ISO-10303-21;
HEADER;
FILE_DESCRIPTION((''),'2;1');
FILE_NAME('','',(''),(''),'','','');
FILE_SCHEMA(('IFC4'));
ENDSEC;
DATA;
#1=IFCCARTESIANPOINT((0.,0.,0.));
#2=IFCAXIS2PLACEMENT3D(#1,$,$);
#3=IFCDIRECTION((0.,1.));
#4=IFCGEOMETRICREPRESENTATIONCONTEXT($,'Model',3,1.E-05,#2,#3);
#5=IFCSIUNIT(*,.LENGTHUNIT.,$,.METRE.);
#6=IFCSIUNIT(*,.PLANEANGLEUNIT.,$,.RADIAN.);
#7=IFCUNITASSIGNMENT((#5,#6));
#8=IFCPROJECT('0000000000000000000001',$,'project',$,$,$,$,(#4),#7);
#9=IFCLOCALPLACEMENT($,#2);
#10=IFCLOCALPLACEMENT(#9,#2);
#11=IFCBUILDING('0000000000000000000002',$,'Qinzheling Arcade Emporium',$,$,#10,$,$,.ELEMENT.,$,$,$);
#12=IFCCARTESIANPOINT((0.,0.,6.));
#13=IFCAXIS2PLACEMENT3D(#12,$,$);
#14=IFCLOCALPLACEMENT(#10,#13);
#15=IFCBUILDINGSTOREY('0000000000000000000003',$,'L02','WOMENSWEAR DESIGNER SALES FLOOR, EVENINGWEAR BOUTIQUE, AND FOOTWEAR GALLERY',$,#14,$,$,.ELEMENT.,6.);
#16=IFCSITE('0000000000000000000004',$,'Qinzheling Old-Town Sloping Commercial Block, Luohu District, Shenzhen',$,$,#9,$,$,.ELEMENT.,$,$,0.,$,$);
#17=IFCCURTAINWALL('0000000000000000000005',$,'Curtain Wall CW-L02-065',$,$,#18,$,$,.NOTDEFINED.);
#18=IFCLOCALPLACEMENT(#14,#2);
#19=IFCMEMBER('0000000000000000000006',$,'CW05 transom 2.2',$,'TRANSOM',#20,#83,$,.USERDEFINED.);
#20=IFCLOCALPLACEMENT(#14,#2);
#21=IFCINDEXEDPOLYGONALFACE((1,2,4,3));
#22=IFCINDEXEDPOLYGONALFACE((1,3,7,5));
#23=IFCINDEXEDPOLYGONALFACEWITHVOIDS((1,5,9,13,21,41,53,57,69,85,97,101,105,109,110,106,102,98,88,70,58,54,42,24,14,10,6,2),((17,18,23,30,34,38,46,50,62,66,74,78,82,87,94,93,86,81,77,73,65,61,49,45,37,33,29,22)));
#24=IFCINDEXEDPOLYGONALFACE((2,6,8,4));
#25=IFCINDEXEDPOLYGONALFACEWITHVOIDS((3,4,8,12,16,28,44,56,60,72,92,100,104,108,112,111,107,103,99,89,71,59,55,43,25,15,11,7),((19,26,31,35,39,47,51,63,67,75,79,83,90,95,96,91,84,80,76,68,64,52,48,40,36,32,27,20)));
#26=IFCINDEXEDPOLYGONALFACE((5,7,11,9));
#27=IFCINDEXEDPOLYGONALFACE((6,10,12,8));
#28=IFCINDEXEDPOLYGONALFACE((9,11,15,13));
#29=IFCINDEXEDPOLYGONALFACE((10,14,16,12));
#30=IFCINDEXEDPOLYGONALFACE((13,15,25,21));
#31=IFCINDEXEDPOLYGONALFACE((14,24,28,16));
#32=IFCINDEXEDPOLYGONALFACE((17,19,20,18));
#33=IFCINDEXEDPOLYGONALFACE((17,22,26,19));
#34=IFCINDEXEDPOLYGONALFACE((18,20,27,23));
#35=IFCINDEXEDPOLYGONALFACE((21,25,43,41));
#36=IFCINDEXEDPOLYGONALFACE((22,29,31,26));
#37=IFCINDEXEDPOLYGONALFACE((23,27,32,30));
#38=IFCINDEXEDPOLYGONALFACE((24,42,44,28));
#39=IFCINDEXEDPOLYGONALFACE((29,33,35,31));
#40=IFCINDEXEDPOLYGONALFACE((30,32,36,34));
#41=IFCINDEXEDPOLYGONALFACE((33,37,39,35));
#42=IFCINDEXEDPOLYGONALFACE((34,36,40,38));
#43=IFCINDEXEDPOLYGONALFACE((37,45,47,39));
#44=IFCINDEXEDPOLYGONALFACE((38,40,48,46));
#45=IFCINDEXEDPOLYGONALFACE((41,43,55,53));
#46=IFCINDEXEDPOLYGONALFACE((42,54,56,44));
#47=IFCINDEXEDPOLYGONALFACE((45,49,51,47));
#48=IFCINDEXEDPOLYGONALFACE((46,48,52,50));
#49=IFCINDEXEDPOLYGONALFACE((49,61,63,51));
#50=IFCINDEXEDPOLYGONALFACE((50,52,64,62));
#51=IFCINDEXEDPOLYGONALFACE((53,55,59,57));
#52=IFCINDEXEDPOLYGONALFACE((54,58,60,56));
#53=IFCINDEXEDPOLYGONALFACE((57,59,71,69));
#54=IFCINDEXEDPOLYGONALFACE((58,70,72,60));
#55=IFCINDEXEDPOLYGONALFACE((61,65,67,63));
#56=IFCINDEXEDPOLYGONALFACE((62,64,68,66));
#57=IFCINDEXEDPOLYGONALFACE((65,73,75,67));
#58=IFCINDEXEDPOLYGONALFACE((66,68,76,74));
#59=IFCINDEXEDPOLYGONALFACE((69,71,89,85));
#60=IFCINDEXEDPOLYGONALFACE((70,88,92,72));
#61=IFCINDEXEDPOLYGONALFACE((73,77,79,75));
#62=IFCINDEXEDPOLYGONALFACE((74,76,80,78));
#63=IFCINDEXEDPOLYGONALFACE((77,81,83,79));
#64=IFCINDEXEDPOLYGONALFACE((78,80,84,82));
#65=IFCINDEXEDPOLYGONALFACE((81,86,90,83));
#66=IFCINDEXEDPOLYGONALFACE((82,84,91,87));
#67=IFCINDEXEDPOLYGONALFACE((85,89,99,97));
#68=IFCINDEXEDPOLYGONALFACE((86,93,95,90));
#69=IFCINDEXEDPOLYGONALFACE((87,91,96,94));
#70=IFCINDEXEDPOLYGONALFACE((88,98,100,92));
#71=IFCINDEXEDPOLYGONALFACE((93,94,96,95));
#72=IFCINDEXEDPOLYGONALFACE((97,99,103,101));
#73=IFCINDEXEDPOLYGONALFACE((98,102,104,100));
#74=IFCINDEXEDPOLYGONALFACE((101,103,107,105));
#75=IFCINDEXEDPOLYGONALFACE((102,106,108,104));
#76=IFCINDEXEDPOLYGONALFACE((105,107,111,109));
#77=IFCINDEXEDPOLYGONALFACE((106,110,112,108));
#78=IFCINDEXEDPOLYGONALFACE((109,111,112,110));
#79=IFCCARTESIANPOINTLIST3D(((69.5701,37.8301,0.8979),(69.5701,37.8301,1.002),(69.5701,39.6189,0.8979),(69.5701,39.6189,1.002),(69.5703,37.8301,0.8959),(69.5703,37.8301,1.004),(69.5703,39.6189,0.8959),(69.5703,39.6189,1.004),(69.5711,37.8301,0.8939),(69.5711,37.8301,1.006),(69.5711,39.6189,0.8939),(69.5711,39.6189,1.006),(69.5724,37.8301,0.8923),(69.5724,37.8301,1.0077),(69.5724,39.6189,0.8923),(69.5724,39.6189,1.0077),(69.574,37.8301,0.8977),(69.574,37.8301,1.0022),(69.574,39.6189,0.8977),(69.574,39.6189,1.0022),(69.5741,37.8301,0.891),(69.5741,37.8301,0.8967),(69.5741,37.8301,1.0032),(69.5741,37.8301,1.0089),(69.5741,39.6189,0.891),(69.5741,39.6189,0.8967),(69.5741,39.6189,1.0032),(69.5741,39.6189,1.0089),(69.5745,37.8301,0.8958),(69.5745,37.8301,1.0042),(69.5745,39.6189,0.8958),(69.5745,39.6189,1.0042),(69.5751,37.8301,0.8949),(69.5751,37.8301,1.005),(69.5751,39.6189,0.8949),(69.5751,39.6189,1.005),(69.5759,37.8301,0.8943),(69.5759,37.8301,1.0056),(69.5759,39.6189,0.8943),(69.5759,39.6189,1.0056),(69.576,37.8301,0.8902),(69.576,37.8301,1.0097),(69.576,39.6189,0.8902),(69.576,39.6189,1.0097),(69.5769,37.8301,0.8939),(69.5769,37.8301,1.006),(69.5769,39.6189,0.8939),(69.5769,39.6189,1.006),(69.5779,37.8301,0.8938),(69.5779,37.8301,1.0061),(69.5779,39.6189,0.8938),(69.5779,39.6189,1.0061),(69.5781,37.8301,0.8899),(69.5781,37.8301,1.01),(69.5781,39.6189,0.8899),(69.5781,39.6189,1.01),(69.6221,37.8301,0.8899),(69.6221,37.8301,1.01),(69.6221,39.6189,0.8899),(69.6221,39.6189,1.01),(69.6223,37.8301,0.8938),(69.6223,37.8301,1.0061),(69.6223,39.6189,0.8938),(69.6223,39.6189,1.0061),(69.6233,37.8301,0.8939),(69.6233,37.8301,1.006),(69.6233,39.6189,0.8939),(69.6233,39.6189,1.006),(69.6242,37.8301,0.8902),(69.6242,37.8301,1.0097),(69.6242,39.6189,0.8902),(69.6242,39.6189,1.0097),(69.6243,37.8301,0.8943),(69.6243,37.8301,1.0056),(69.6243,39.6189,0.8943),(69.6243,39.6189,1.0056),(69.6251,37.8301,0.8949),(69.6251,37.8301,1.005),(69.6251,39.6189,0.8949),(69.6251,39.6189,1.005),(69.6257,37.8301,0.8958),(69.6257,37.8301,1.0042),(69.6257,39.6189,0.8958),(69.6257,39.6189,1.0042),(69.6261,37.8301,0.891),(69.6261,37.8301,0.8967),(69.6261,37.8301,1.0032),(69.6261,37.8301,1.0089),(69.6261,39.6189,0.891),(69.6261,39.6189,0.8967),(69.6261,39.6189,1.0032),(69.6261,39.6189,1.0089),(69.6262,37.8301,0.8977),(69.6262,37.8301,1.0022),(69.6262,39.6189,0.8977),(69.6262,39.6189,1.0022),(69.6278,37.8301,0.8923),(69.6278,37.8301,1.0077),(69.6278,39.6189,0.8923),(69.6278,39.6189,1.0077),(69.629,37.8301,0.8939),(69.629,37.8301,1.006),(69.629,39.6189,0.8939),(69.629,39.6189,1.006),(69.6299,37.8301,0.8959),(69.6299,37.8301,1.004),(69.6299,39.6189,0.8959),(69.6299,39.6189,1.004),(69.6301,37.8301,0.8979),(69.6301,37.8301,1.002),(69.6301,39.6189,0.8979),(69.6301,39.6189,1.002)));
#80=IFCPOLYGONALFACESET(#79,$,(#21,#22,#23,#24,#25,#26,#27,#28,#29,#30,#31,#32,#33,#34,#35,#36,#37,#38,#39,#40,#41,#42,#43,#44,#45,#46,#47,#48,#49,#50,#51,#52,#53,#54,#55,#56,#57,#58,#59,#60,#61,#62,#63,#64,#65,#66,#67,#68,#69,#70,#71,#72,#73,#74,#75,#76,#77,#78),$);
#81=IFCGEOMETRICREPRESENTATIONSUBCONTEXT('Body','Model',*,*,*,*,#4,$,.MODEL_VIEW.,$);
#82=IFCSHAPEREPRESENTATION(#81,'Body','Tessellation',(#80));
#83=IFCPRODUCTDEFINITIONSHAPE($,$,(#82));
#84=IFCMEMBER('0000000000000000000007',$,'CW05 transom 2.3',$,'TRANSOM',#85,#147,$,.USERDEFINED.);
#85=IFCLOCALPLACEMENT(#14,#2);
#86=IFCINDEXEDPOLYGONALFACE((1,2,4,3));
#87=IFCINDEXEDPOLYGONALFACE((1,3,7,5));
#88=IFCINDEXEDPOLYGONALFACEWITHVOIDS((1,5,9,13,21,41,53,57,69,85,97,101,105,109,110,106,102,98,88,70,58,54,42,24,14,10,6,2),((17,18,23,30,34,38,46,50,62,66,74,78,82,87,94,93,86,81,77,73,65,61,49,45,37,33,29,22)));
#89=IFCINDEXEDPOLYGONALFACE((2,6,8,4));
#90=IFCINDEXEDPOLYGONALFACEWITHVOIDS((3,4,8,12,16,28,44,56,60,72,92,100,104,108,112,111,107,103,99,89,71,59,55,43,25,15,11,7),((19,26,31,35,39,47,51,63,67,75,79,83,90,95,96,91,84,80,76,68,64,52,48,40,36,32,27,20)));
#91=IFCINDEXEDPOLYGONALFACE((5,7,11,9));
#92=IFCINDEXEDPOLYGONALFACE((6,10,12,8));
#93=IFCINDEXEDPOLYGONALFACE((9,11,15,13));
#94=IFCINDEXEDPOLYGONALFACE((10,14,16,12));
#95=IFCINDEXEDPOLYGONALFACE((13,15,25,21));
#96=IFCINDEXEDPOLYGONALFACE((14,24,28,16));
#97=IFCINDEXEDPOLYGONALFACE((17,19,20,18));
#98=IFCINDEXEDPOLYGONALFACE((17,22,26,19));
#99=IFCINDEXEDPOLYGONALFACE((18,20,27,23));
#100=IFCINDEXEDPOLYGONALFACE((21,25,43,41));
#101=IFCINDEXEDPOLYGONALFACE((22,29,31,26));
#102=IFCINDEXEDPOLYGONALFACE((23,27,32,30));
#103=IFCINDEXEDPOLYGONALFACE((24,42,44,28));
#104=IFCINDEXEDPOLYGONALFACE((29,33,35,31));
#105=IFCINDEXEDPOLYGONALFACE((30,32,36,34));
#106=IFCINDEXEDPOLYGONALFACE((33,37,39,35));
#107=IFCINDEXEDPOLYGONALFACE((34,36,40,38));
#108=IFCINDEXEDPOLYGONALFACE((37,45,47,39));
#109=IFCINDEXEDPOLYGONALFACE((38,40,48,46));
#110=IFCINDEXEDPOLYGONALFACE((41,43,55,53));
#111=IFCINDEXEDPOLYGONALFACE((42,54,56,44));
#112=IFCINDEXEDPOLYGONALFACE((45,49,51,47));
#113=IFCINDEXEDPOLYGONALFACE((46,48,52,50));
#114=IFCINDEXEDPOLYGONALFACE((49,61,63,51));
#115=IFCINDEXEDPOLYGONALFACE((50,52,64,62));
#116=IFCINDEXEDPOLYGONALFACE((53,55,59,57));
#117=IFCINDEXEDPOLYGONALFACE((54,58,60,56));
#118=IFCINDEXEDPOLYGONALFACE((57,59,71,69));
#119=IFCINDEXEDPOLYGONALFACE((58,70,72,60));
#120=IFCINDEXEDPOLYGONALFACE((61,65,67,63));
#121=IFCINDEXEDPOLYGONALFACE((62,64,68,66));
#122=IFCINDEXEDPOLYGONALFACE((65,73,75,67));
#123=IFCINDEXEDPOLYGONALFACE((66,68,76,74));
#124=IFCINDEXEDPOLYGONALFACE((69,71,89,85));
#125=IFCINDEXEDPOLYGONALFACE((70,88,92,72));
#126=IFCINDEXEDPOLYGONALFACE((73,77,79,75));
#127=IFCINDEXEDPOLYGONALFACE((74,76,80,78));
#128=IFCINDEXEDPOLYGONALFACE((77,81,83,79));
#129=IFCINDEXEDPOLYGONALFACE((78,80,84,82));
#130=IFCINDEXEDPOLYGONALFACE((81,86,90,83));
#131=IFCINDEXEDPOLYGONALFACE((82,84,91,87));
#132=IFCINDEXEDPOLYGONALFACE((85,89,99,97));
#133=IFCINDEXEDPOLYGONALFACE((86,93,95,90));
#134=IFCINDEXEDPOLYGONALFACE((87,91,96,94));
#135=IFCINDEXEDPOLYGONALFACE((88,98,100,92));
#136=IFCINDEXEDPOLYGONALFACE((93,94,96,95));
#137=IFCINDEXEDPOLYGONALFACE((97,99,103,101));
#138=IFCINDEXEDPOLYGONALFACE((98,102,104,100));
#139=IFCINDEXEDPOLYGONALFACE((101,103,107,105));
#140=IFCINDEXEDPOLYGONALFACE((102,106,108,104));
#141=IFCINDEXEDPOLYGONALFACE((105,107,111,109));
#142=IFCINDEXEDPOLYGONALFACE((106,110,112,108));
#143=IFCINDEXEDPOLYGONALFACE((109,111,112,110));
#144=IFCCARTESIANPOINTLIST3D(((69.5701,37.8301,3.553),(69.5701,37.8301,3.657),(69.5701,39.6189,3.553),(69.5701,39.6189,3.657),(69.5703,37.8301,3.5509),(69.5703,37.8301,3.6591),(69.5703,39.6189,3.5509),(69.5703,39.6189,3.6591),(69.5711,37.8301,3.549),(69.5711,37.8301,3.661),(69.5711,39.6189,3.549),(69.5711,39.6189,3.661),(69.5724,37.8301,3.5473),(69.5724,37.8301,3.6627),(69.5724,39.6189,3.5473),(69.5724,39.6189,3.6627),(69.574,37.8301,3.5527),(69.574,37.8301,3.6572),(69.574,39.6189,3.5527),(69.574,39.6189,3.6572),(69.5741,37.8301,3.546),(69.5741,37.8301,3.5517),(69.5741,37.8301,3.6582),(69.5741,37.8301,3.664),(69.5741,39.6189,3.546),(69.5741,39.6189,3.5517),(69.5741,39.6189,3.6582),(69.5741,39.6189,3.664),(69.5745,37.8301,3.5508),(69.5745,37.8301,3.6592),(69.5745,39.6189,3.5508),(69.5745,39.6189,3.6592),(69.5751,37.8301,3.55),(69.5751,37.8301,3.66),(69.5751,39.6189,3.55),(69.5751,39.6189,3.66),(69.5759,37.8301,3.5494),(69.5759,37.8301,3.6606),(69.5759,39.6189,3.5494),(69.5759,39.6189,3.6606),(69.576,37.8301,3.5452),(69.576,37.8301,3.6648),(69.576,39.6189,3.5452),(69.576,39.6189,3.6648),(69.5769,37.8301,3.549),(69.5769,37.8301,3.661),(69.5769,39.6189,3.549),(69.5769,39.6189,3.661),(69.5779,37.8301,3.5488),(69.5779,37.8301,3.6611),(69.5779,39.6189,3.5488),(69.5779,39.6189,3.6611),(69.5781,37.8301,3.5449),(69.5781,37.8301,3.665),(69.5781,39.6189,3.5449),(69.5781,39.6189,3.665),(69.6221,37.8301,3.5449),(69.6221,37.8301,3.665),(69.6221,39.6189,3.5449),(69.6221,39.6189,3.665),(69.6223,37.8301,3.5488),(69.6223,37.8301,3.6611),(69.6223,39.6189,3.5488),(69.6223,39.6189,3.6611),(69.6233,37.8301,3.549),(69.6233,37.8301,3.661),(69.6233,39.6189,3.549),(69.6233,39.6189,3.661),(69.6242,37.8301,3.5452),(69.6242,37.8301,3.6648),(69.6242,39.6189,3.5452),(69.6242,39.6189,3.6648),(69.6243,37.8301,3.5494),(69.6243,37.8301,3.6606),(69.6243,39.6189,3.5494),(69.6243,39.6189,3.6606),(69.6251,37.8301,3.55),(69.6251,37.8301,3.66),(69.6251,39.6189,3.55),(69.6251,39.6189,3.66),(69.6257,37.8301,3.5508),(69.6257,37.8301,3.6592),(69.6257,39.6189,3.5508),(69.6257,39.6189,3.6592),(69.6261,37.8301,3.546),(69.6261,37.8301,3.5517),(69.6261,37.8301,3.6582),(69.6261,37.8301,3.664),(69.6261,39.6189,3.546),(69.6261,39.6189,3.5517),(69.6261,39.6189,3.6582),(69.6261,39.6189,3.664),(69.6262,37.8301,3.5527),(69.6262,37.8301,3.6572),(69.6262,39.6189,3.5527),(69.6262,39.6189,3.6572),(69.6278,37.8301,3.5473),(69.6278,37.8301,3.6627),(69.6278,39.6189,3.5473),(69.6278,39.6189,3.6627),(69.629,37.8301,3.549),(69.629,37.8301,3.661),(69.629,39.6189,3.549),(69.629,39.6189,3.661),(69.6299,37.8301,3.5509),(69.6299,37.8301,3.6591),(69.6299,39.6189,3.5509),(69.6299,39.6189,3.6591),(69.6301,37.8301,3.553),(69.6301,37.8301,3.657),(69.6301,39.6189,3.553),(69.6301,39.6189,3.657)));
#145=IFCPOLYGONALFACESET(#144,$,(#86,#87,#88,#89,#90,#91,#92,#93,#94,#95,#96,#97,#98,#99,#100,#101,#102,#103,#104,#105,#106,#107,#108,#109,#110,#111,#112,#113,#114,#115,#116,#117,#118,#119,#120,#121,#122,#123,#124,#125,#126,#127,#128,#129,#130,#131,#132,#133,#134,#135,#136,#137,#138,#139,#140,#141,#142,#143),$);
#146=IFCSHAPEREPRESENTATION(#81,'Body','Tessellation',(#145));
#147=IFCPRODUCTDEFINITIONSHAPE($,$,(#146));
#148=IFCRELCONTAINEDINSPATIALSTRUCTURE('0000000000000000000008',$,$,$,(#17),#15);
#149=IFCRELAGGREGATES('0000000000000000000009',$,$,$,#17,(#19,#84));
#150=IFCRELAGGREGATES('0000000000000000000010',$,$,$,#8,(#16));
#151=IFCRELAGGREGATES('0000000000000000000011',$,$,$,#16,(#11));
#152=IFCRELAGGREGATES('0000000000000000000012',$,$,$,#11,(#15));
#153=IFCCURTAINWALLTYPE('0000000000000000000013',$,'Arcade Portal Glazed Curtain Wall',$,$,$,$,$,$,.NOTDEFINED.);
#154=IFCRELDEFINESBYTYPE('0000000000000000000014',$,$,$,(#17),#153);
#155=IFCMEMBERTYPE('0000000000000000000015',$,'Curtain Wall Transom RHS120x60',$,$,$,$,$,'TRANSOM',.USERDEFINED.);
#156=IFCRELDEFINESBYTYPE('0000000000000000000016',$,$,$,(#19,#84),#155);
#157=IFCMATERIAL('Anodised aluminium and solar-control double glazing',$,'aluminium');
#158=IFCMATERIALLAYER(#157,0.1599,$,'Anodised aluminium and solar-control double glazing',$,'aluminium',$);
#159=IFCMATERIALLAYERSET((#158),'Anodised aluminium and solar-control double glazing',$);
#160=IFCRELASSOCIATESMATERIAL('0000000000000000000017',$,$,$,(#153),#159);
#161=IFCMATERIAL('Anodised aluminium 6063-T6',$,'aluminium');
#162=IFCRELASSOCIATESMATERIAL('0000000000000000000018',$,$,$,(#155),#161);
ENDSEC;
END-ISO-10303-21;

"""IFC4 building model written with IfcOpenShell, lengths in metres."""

from ifc_helpers import new_model, si_unit, direction, frame, origin, origin_2d, place, context, subcontext, project, spatial, hollow_rectangle, extrude, material, layer, layer_set, material_profile, profile_set, type_object, element, aggregate, save


model = new_model("IFC4")

# Units and contexts
model_context = context("Model", 3, precision=1e-05, world=origin(), true_north=direction((0.0, 1.0)))
body_context = subcontext(model_context, "Body", "Model", "MODEL_VIEW")
ifc_project = project(units=[si_unit("LENGTHUNIT", "METRE"), si_unit("PLANEANGLEUNIT", "RADIAN")], contexts=[model_context])

# Site, building, storey
site_placement = place(None, origin())
site = spatial("IfcSite", under=ifc_project, at=site_placement, Name="Qinzheling Old-Town Sloping Commercial Block, Luohu District, Shenzhen", CompositionType="ELEMENT", RefElevation=0.0)
building_placement = place(site_placement, origin())
building = spatial("IfcBuilding", under=site, at=building_placement, Name="Qinzheling Arcade Emporium", CompositionType="ELEMENT")
storey_placement = place(building_placement, frame((0.0, 0.0, 6.0)))
storey = spatial("IfcBuildingStorey", under=building, at=storey_placement, Name="L02", Description="WOMENSWEAR DESIGNER SALES FLOOR, EVENINGWEAR BOUTIQUE, AND FOOTWEAR GALLERY", CompositionType="ELEMENT", Elevation=6.0)

# Shared definitions
ifc_material_1 = material(Name="Anodised aluminium and solar-control double glazing", Category="aluminium")
ifc_material_2 = material(Name="Anodised aluminium 6063-T6", Category="aluminium")

# Curtain wall, members
ifc_layer_1 = layer(ifc_material_1, 0.1599, Name="Anodised aluminium and solar-control double glazing", Category="aluminium")
ifc_layer_set_1 = layer_set([ifc_layer_1], Name="Anodised aluminium and solar-control double glazing")
curtain_wall_type_1 = type_object("IfcCurtainWallType", Name="Arcade Portal Glazed Curtain Wall", PredefinedType="NOTDEFINED", material=ifc_layer_set_1)
curtain_wall_1_placement = place(storey_placement, origin())
curtain_wall_1 = element("IfcCurtainWall", 1, at=curtain_wall_1_placement, inside=storey, type_object=curtain_wall_type_1, Name="Curtain Wall CW-L02-065", PredefinedType="NOTDEFINED")
ifc_material_profile_1 = material_profile(ifc_material_2, hollow_rectangle(XDim=0.0601, YDim=0.1201, WallThickness=0.0039, InnerFilletRadius=0.0039, OuterFilletRadius=0.0081, at=origin_2d()), Name="RHS 120x60x4", Category="aluminium")
ifc_profile_set_1 = profile_set([ifc_material_profile_1], Name="Anodised aluminium 6063-T6")
member_type_1 = type_object("IfcMemberType", Name="Curtain Wall Transom RHS120x60", ElementType="TRANSOM", PredefinedType="USERDEFINED", material=ifc_profile_set_1)
member_1_placement = place(storey_placement, frame((69.6001, 39.6189, 0.95), z_axis=(0.0, -1.0, 0.0), x_axis=(1.0, 0.0, 0.0)))
member_1 = element("IfcMember", 2, at=member_1_placement, type_object=member_type_1, Name="CW05 transom 2.2", ObjectType="TRANSOM", PredefinedType="USERDEFINED", context=body_context, shape_type="SweptSolid", body=[
    extrude(hollow_rectangle(XDim=0.0601, YDim=0.1201, WallThickness=0.0039, InnerFilletRadius=0.0039, OuterFilletRadius=0.0081, at=origin_2d()), origin(), (0.0, 0.0, 1.0), 1.7888),
])
member_2_placement = place(storey_placement, frame((69.6001, 39.6189, 3.605), z_axis=(0.0, -1.0, 0.0), x_axis=(1.0, 0.0, 0.0)))
member_2 = element("IfcMember", 3, at=member_2_placement, type_object=member_type_1, Name="CW05 transom 2.3", ObjectType="TRANSOM", PredefinedType="USERDEFINED", context=body_context, shape_type="SweptSolid", body=[
    extrude(hollow_rectangle(XDim=0.0601, YDim=0.1201, WallThickness=0.0039, InnerFilletRadius=0.0039, OuterFilletRadius=0.0081, at=origin_2d()), origin(), (0.0, 0.0, 1.0), 1.7888),
])

aggregate(curtain_wall_1, [member_1, member_2])

save(model, "model.ifc")
